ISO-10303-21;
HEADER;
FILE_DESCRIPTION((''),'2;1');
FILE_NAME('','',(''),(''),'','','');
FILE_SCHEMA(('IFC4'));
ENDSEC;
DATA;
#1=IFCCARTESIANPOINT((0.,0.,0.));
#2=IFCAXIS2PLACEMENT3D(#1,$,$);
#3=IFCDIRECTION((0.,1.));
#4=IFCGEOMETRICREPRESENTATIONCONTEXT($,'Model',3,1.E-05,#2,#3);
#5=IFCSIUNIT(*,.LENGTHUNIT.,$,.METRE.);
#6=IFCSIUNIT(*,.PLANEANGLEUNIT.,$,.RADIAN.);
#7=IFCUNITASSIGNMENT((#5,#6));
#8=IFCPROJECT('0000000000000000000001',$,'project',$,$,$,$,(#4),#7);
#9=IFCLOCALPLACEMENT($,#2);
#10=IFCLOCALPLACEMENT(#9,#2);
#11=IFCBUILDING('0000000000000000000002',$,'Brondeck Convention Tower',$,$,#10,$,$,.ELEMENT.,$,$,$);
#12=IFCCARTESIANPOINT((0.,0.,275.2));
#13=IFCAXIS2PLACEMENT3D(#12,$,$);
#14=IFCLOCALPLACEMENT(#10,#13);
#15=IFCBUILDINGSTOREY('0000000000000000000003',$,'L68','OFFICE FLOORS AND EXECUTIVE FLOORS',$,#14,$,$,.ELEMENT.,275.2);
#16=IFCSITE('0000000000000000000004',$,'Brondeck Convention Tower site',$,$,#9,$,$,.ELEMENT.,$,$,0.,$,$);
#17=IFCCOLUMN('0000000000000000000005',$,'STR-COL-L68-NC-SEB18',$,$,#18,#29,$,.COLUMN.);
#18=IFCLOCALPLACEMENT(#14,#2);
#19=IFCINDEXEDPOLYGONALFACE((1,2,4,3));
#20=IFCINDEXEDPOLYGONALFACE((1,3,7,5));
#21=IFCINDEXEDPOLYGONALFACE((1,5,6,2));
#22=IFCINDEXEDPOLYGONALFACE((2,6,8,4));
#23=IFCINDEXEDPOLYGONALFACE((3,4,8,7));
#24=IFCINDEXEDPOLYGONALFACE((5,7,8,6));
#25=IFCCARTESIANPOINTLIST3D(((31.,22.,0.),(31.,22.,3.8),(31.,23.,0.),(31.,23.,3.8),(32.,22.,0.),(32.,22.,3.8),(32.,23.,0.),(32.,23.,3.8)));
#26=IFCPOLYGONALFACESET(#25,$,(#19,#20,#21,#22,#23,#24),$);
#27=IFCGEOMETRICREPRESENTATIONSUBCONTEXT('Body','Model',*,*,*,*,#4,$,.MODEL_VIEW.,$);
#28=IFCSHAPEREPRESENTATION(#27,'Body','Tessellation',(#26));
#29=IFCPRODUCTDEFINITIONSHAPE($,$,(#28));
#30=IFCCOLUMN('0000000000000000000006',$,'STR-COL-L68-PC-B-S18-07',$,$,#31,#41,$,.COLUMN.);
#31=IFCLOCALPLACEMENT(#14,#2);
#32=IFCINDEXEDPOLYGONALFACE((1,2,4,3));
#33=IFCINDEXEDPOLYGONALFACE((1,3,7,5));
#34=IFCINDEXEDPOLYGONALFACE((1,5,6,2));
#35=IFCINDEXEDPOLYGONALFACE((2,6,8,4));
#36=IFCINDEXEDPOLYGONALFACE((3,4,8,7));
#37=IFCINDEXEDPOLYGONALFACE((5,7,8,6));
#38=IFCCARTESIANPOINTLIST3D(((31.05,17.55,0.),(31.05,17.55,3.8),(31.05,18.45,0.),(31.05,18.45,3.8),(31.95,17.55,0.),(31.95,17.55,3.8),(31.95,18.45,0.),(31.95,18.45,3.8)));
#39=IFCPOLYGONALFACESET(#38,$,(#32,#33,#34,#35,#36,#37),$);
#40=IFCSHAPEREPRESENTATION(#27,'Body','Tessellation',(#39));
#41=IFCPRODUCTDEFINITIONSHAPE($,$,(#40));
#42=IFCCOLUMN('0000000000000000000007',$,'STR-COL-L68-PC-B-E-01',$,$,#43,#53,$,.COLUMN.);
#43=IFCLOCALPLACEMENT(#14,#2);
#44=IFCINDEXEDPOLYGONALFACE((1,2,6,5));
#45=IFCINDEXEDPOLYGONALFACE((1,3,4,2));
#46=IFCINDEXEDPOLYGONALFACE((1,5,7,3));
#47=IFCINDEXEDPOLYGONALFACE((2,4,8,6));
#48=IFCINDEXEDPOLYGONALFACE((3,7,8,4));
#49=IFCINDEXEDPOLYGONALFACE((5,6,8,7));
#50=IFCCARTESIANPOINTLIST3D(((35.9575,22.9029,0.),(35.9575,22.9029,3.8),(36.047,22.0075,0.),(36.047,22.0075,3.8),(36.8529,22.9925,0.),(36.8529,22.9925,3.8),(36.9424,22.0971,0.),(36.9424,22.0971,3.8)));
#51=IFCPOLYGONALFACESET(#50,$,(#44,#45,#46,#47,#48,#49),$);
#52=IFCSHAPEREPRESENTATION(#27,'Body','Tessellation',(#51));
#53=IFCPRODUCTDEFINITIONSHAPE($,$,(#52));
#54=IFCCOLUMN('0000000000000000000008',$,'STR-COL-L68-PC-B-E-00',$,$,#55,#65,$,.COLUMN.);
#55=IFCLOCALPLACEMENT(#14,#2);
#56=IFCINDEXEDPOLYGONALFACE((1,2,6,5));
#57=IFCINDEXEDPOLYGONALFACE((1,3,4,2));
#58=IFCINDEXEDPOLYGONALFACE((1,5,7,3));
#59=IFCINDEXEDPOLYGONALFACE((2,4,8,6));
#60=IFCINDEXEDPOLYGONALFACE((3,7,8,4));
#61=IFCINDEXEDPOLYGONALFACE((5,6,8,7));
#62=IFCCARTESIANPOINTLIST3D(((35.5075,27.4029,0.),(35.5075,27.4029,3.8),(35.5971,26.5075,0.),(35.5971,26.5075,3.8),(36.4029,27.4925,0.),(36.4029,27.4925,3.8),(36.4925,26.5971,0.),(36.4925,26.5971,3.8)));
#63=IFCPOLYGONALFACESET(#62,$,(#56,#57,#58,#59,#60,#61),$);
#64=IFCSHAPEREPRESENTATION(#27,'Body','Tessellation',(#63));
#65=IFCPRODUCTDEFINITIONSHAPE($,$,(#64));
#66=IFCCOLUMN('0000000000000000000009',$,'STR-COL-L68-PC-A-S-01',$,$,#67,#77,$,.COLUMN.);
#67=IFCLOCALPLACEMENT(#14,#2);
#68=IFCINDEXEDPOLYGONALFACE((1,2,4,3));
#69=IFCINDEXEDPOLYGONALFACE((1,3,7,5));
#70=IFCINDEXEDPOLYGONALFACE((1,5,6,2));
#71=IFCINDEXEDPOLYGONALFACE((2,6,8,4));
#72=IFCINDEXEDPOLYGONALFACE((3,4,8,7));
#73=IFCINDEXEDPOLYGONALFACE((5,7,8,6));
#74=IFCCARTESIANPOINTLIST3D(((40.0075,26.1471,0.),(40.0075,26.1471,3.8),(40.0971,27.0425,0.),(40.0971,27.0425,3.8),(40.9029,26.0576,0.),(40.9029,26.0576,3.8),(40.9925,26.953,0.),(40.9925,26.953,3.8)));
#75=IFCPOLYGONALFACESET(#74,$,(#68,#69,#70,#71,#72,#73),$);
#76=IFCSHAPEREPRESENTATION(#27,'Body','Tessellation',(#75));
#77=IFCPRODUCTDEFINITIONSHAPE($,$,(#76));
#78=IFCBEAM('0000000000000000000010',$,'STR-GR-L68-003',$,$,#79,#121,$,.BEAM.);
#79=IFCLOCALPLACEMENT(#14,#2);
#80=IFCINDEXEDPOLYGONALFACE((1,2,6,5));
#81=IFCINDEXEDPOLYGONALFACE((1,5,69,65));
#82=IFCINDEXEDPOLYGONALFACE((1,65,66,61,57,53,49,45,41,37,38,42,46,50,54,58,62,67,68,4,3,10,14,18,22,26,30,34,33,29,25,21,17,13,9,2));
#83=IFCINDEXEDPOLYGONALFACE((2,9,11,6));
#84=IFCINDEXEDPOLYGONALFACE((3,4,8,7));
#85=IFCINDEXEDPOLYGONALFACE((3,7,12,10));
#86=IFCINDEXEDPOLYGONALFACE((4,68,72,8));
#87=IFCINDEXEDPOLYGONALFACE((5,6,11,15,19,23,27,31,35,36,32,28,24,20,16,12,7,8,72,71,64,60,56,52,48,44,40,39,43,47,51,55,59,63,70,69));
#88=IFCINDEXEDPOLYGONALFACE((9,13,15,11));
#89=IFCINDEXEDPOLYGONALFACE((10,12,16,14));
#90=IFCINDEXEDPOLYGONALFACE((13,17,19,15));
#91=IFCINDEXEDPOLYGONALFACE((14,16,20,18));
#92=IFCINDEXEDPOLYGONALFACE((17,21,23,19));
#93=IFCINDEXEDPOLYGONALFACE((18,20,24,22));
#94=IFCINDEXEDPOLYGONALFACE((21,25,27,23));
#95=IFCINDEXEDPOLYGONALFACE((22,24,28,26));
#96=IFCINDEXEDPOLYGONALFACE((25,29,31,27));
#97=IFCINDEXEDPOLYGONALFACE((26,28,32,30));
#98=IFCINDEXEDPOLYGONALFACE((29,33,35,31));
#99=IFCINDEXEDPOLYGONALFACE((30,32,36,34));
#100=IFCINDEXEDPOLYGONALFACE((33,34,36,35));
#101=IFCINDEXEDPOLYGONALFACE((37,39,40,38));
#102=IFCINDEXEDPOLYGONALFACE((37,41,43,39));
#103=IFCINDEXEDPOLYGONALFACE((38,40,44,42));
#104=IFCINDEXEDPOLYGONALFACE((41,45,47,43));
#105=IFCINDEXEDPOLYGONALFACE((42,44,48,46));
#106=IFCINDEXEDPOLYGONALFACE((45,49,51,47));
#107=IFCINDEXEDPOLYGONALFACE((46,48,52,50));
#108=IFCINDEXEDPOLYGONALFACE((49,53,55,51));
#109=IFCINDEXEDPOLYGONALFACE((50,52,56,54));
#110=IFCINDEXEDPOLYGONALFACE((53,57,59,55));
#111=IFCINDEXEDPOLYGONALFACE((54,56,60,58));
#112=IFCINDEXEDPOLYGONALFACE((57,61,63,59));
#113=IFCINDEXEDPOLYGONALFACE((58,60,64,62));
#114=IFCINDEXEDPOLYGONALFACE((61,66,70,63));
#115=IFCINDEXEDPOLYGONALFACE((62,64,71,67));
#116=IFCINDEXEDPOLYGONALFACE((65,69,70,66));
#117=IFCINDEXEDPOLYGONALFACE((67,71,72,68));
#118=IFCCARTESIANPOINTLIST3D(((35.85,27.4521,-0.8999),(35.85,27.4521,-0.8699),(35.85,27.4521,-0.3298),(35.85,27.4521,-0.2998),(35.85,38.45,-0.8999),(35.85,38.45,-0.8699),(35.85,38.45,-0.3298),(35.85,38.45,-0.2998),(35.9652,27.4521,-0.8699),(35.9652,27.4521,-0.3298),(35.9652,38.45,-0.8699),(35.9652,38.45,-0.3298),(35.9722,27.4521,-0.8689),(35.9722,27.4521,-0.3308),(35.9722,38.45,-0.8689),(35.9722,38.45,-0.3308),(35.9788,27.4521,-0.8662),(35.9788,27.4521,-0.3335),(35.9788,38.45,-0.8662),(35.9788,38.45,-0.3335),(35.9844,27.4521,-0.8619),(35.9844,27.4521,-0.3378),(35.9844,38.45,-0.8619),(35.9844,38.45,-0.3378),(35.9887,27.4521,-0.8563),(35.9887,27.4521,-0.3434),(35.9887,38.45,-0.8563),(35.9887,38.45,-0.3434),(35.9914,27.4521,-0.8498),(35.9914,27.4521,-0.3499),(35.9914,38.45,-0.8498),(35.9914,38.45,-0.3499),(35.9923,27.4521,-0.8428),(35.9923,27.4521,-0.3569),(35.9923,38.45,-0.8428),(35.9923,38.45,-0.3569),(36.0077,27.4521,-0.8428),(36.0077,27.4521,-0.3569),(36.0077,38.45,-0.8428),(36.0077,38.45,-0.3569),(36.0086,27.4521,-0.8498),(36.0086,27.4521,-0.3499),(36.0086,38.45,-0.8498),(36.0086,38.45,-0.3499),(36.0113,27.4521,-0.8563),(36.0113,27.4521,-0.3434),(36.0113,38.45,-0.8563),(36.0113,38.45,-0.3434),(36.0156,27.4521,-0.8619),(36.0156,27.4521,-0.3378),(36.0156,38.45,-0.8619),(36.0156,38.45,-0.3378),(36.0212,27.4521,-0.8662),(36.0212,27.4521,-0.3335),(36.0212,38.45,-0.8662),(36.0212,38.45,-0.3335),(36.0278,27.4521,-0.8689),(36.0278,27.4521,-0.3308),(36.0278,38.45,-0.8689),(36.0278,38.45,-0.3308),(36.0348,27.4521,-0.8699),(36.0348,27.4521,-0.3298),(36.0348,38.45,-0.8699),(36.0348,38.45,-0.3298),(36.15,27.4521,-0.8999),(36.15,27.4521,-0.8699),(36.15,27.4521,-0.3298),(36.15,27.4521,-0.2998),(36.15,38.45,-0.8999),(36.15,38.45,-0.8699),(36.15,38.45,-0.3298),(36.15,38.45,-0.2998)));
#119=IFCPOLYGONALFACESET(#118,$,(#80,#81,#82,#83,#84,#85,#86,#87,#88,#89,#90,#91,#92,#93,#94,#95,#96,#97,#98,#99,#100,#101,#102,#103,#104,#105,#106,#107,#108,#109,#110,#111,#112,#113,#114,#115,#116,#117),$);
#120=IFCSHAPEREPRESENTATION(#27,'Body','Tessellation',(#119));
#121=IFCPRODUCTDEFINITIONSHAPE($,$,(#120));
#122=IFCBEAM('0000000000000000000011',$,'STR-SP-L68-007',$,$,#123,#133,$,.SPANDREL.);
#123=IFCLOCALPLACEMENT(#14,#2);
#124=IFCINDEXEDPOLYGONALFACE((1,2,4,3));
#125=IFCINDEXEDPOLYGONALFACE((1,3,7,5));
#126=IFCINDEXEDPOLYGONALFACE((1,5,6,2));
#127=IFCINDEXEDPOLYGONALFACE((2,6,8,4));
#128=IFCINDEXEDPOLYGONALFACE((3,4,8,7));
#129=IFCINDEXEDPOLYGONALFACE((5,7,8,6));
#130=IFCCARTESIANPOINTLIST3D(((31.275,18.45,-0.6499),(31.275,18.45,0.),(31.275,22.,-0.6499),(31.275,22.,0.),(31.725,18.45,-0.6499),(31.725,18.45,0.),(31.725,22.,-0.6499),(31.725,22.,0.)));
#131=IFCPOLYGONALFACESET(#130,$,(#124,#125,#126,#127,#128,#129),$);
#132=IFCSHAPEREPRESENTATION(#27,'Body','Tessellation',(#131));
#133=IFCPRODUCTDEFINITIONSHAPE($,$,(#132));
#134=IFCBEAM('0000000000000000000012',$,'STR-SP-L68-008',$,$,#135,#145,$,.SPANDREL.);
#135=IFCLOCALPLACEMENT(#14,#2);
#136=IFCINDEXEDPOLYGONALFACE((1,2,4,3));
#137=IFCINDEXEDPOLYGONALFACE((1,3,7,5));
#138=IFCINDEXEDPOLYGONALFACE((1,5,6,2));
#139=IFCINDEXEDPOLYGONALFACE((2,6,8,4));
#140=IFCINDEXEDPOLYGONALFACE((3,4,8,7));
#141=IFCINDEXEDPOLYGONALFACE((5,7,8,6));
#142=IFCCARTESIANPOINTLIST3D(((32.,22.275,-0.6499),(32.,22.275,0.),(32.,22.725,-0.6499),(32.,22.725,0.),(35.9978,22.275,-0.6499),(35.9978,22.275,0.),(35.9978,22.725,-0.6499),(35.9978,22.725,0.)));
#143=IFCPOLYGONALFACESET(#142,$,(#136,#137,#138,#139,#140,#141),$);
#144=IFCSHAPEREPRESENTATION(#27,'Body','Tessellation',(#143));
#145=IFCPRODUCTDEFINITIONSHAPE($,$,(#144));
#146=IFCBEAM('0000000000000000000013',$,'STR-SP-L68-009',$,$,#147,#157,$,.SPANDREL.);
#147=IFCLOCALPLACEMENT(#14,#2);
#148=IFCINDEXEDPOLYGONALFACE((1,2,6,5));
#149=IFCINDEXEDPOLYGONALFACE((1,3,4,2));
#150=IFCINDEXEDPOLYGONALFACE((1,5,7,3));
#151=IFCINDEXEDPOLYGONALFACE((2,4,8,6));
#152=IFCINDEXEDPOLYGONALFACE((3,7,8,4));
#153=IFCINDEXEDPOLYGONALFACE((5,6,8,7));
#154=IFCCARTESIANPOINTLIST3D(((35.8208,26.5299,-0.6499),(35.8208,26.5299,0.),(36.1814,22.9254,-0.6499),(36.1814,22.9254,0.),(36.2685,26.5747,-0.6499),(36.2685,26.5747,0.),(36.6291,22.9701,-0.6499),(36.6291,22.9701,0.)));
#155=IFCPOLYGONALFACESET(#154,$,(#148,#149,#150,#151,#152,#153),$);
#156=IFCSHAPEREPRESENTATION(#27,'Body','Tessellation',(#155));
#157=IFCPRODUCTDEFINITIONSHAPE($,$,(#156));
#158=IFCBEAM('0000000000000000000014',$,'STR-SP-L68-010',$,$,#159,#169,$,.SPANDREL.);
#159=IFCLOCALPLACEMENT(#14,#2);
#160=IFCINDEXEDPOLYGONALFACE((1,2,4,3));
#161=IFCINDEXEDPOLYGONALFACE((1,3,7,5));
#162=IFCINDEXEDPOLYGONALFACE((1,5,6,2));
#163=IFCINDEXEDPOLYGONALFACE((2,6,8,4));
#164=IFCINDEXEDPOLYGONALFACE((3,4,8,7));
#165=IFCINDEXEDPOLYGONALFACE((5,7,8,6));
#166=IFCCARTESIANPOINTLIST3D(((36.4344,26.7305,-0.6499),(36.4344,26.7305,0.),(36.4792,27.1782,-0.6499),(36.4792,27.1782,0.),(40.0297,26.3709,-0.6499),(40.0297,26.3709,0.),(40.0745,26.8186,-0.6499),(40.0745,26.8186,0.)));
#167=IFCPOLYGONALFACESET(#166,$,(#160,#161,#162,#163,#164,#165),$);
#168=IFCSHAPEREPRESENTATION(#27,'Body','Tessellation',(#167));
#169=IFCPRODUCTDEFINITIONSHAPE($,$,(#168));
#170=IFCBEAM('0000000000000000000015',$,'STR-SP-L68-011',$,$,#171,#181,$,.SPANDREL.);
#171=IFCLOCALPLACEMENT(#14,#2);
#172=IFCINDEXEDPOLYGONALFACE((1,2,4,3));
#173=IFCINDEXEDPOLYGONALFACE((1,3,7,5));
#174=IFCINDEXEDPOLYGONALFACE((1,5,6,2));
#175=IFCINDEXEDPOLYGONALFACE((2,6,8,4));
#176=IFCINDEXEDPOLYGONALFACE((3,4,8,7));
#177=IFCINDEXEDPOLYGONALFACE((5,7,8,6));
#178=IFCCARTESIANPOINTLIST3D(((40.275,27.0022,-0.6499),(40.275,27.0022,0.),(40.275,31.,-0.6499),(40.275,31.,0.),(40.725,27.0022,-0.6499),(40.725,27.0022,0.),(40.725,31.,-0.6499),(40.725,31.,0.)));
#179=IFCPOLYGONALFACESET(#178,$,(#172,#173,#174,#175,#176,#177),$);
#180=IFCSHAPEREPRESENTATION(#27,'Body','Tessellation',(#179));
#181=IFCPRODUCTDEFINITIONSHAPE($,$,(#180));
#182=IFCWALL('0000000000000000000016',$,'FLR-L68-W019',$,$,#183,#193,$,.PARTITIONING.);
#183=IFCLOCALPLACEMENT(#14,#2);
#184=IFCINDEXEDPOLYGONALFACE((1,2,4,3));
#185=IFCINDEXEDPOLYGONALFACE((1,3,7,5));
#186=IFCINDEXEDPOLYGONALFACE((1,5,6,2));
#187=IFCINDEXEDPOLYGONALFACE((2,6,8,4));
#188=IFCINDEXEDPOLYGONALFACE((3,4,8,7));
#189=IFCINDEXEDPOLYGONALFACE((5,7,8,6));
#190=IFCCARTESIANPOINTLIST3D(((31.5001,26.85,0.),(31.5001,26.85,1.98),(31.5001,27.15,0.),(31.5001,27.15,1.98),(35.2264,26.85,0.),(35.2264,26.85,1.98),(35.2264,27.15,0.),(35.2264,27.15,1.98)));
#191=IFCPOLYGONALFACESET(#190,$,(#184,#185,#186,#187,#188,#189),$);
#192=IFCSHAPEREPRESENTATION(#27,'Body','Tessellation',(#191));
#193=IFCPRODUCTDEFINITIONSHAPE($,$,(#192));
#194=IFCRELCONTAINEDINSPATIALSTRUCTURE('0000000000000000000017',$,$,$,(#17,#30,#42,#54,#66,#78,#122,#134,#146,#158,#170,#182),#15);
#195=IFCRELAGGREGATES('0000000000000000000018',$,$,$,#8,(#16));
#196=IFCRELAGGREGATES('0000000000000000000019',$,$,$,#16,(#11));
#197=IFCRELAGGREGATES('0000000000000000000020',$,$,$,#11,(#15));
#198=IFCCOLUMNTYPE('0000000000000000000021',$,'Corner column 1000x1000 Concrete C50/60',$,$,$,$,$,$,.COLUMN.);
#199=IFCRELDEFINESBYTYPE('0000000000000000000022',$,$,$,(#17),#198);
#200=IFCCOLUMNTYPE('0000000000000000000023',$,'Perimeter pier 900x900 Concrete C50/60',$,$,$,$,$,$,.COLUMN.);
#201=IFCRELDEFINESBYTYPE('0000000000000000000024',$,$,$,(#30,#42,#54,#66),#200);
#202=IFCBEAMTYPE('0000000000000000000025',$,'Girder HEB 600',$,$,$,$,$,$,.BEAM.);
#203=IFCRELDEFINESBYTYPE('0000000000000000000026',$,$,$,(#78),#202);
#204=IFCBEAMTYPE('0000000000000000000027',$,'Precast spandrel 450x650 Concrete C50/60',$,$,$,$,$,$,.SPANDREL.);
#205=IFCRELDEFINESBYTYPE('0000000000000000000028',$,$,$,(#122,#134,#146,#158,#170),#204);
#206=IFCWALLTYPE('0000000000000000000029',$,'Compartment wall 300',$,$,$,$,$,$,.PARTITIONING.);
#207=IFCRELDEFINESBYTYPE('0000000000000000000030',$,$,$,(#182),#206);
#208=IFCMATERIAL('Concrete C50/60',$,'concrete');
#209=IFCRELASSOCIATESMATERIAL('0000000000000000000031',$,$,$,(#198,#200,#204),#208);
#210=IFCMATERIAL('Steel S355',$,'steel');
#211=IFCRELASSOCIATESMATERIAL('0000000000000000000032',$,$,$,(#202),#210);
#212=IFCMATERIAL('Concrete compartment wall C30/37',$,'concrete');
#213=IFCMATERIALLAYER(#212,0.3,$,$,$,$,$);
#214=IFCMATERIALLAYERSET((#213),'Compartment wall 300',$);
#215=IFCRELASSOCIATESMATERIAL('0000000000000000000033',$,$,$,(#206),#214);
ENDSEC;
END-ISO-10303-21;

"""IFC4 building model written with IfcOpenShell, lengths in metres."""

from ifc_helpers import new_model, si_unit, direction, frame, frame_2d, origin, origin_2d, place, context, subcontext, project, spatial, rectangle, i_section, extrude, material, layer, layer_set, material_profile, profile_set, type_object, element, save


model = new_model("IFC4")

# Units and contexts
model_context = context("Model", 3, precision=1e-05, world=origin(), true_north=direction((0.0, 1.0)))
body_context = subcontext(model_context, "Body", "Model", "MODEL_VIEW")
ifc_project = project(units=[si_unit("LENGTHUNIT", "METRE"), si_unit("PLANEANGLEUNIT", "RADIAN")], contexts=[model_context])

# Site, building, storey
site_placement = place(None, origin())
site = spatial("IfcSite", under=ifc_project, at=site_placement, Name="Brondeck Convention Tower site", CompositionType="ELEMENT", RefElevation=0.0)
building_placement = place(site_placement, origin())
building = spatial("IfcBuilding", under=site, at=building_placement, Name="Brondeck Convention Tower", CompositionType="ELEMENT")
storey_placement = place(building_placement, frame((0.0, 0.0, 275.2)))
storey = spatial("IfcBuildingStorey", under=building, at=storey_placement, Name="L68", Description="OFFICE FLOORS AND EXECUTIVE FLOORS", CompositionType="ELEMENT", Elevation=275.2)

# Columns
ifc_material_1 = material(Name="Concrete C50/60", Category="concrete")
ifc_material_profile_1 = material_profile(ifc_material_1, rectangle(XDim=1.0, YDim=1.0, at=origin_2d()), Name="Corner column 1000x1000 Concrete C50/60")
ifc_profile_set_1 = profile_set([ifc_material_profile_1], Name="Concrete C50/60")
column_type_1 = type_object("IfcColumnType", Name="Corner column 1000x1000 Concrete C50/60", PredefinedType="COLUMN", material=ifc_profile_set_1)
column_placement = place(storey_placement, frame((31.5, 22.5, 0.0), z_axis=(0.0, 0.0, 1.0), x_axis=(1.0, 0.0, 0.0)))
element("IfcColumn", 1, at=column_placement, inside=storey, type_object=column_type_1, Name="STR-COL-L68-NC-SEB18", PredefinedType="COLUMN", context=body_context, shape_type="SweptSolid", body=[
    extrude(rectangle(XDim=1.0, YDim=1.0, at=origin_2d()), origin(), (0.0, 0.0, 1.0), 3.8),
])
ifc_material_profile_2 = material_profile(ifc_material_1, rectangle(XDim=0.8999, YDim=0.8999, at=origin_2d()), Name="Perimeter pier 900x900 Concrete C50/60")
ifc_profile_set_2 = profile_set([ifc_material_profile_2], Name="Concrete C50/60")
column_type_2 = type_object("IfcColumnType", Name="Perimeter pier 900x900 Concrete C50/60", PredefinedType="COLUMN", material=ifc_profile_set_2)
for number, where, z_axis, x_axis, name in (
    (2, (31.5, 18.0, 0.0), (0.0, 0.0, 1.0), (1.0, 0.0, 0.0), "STR-COL-L68-PC-B-S18-07"),
    (3, (36.45, 22.5, 0.0), (0.0, 0.0, 1.0), (-0.099504, 0.995037, 0.0), "STR-COL-L68-PC-B-E-01"),
    (4, (36.0, 27.0, 0.0), (0.0, 0.0, 1.0), (-0.099504, 0.995037, 0.0), "STR-COL-L68-PC-B-E-00"),
    (5, (40.5, 26.55, 0.0), (0.0, 0.0, 1.0), (0.995037, -0.099504, 0.0), "STR-COL-L68-PC-A-S-01"),
):
    element("IfcColumn", number, at=place(storey_placement, frame(where, z_axis=z_axis, x_axis=x_axis)), inside=storey, type_object=column_type_2, Name=name, PredefinedType="COLUMN", context=body_context, shape_type="SweptSolid", body=[
        extrude(rectangle(XDim=0.8999, YDim=0.8999, at=origin_2d()), origin(), (0.0, 0.0, 1.0), 3.8),
    ])

# Beams
ifc_material_2 = material(Name="Steel S355", Category="steel")
ifc_material_profile_3 = material_profile(ifc_material_2, i_section(OverallWidth=0.3, OverallDepth=0.6001, WebThickness=0.0154, FlangeThickness=0.03, FilletRadius=0.0271, at=origin_2d()), Name="HEB 600")
ifc_profile_set_3 = profile_set([ifc_material_profile_3], Name="Steel S355")
beam_type_1 = type_object("IfcBeamType", Name="Girder HEB 600", PredefinedType="BEAM", material=ifc_profile_set_3)
beam_1_placement = place(storey_placement, frame((36.0, 27.4521, -0.5999), z_axis=(0.0, 1.0, 0.0), x_axis=(-1.0, 0.0, 0.0)))
element("IfcBeam", 6, at=beam_1_placement, inside=storey, type_object=beam_type_1, Name="STR-GR-L68-003", PredefinedType="BEAM", context=body_context, shape_type="SweptSolid", body=[
    extrude(i_section(OverallWidth=0.3, OverallDepth=0.6001, WebThickness=0.0154, FlangeThickness=0.03, FilletRadius=0.0271, at=origin_2d()), origin(), (0.0, 0.0, 1.0), 10.9978),
])
ifc_material_profile_4 = material_profile(ifc_material_1, rectangle(XDim=0.45, YDim=0.6499, at=origin_2d()), Name="Precast spandrel 450x650 Concrete C50/60")
ifc_profile_set_4 = profile_set([ifc_material_profile_4], Name="Concrete C50/60")
beam_type_2 = type_object("IfcBeamType", Name="Precast spandrel 450x650 Concrete C50/60", PredefinedType="SPANDREL", material=ifc_profile_set_4)
beam_2_placement = place(storey_placement, frame((31.5, 18.45, -0.325), z_axis=(0.0, 1.0, 0.0), x_axis=(-1.0, 0.0, 0.0)))
element("IfcBeam", 7, at=beam_2_placement, inside=storey, type_object=beam_type_2, Name="STR-SP-L68-007", PredefinedType="SPANDREL", context=body_context, shape_type="SweptSolid", body=[
    extrude(rectangle(XDim=0.45, YDim=0.6499, at=origin_2d()), origin(), (0.0, 0.0, 1.0), 3.55),
])
beam_3_placement = place(storey_placement, frame((32.0, 22.5, -0.325), z_axis=(1.0, 0.0, 0.0), x_axis=(0.0, 1.0, 0.0)))
element("IfcBeam", 8, at=beam_3_placement, inside=storey, type_object=beam_type_2, Name="STR-SP-L68-008", PredefinedType="SPANDREL", context=body_context, shape_type="SweptSolid", body=[
    extrude(rectangle(XDim=0.45, YDim=0.6499, at=origin_2d()), origin(), (0.0, 0.0, 1.0), 3.9978),
])
beam_4_placement = place(storey_placement, frame((36.4053, 22.9478, -0.325), z_axis=(-0.099544, 0.995033, 0.0), x_axis=(-0.995033, -0.099544, 0.0)))
element("IfcBeam", 9, at=beam_4_placement, inside=storey, type_object=beam_type_2, Name="STR-SP-L68-009", PredefinedType="SPANDREL", context=body_context, shape_type="SweptSolid", body=[
    extrude(rectangle(XDim=0.45, YDim=0.6499, at=origin_2d()), origin(), (0.0, 0.0, 1.0), 3.6226),
])
beam_5_placement = place(storey_placement, frame((36.4568, 26.9543, -0.325), z_axis=(0.995035, -0.099524, 0.0), x_axis=(0.099524, 0.995035, 0.0)))
element("IfcBeam", 10, at=beam_5_placement, inside=storey, type_object=beam_type_2, Name="STR-SP-L68-010", PredefinedType="SPANDREL", context=body_context, shape_type="SweptSolid", body=[
    extrude(rectangle(XDim=0.45, YDim=0.6499, at=origin_2d()), origin(), (0.0, 0.0, 1.0), 3.6133),
])
beam_6_placement = place(storey_placement, frame((40.5, 27.0022, -0.325), z_axis=(0.0, 1.0, 0.0), x_axis=(-1.0, 0.0, 0.0)))
element("IfcBeam", 11, at=beam_6_placement, inside=storey, type_object=beam_type_2, Name="STR-SP-L68-011", PredefinedType="SPANDREL", context=body_context, shape_type="SweptSolid", body=[
    extrude(rectangle(XDim=0.45, YDim=0.6499, at=origin_2d()), origin(), (0.0, 0.0, 1.0), 3.9978),
])

# Wall
ifc_material_3 = material(Name="Concrete compartment wall C30/37", Category="concrete")
ifc_layer_1 = layer(ifc_material_3, 0.3)
ifc_layer_set_1 = layer_set([ifc_layer_1], Name="Compartment wall 300")
wall_type_1 = type_object("IfcWallType", Name="Compartment wall 300", PredefinedType="PARTITIONING", material=ifc_layer_set_1)
wall_1_placement = place(storey_placement, frame((31.5, 27.0, 0.0), z_axis=(0.0, 0.0, 1.0), x_axis=(1.0, 0.0, 0.0)))
element("IfcWall", 12, at=wall_1_placement, inside=storey, type_object=wall_type_1, Name="FLR-L68-W019", PredefinedType="PARTITIONING", context=body_context, shape_type="SweptSolid", body=[
    extrude(rectangle(XDim=3.7263, YDim=0.3, at=frame_2d((1.8633, 0.0))), origin(), (0.0, 0.0, 1.0), 1.98),
])

save(model, "model.ifc")
